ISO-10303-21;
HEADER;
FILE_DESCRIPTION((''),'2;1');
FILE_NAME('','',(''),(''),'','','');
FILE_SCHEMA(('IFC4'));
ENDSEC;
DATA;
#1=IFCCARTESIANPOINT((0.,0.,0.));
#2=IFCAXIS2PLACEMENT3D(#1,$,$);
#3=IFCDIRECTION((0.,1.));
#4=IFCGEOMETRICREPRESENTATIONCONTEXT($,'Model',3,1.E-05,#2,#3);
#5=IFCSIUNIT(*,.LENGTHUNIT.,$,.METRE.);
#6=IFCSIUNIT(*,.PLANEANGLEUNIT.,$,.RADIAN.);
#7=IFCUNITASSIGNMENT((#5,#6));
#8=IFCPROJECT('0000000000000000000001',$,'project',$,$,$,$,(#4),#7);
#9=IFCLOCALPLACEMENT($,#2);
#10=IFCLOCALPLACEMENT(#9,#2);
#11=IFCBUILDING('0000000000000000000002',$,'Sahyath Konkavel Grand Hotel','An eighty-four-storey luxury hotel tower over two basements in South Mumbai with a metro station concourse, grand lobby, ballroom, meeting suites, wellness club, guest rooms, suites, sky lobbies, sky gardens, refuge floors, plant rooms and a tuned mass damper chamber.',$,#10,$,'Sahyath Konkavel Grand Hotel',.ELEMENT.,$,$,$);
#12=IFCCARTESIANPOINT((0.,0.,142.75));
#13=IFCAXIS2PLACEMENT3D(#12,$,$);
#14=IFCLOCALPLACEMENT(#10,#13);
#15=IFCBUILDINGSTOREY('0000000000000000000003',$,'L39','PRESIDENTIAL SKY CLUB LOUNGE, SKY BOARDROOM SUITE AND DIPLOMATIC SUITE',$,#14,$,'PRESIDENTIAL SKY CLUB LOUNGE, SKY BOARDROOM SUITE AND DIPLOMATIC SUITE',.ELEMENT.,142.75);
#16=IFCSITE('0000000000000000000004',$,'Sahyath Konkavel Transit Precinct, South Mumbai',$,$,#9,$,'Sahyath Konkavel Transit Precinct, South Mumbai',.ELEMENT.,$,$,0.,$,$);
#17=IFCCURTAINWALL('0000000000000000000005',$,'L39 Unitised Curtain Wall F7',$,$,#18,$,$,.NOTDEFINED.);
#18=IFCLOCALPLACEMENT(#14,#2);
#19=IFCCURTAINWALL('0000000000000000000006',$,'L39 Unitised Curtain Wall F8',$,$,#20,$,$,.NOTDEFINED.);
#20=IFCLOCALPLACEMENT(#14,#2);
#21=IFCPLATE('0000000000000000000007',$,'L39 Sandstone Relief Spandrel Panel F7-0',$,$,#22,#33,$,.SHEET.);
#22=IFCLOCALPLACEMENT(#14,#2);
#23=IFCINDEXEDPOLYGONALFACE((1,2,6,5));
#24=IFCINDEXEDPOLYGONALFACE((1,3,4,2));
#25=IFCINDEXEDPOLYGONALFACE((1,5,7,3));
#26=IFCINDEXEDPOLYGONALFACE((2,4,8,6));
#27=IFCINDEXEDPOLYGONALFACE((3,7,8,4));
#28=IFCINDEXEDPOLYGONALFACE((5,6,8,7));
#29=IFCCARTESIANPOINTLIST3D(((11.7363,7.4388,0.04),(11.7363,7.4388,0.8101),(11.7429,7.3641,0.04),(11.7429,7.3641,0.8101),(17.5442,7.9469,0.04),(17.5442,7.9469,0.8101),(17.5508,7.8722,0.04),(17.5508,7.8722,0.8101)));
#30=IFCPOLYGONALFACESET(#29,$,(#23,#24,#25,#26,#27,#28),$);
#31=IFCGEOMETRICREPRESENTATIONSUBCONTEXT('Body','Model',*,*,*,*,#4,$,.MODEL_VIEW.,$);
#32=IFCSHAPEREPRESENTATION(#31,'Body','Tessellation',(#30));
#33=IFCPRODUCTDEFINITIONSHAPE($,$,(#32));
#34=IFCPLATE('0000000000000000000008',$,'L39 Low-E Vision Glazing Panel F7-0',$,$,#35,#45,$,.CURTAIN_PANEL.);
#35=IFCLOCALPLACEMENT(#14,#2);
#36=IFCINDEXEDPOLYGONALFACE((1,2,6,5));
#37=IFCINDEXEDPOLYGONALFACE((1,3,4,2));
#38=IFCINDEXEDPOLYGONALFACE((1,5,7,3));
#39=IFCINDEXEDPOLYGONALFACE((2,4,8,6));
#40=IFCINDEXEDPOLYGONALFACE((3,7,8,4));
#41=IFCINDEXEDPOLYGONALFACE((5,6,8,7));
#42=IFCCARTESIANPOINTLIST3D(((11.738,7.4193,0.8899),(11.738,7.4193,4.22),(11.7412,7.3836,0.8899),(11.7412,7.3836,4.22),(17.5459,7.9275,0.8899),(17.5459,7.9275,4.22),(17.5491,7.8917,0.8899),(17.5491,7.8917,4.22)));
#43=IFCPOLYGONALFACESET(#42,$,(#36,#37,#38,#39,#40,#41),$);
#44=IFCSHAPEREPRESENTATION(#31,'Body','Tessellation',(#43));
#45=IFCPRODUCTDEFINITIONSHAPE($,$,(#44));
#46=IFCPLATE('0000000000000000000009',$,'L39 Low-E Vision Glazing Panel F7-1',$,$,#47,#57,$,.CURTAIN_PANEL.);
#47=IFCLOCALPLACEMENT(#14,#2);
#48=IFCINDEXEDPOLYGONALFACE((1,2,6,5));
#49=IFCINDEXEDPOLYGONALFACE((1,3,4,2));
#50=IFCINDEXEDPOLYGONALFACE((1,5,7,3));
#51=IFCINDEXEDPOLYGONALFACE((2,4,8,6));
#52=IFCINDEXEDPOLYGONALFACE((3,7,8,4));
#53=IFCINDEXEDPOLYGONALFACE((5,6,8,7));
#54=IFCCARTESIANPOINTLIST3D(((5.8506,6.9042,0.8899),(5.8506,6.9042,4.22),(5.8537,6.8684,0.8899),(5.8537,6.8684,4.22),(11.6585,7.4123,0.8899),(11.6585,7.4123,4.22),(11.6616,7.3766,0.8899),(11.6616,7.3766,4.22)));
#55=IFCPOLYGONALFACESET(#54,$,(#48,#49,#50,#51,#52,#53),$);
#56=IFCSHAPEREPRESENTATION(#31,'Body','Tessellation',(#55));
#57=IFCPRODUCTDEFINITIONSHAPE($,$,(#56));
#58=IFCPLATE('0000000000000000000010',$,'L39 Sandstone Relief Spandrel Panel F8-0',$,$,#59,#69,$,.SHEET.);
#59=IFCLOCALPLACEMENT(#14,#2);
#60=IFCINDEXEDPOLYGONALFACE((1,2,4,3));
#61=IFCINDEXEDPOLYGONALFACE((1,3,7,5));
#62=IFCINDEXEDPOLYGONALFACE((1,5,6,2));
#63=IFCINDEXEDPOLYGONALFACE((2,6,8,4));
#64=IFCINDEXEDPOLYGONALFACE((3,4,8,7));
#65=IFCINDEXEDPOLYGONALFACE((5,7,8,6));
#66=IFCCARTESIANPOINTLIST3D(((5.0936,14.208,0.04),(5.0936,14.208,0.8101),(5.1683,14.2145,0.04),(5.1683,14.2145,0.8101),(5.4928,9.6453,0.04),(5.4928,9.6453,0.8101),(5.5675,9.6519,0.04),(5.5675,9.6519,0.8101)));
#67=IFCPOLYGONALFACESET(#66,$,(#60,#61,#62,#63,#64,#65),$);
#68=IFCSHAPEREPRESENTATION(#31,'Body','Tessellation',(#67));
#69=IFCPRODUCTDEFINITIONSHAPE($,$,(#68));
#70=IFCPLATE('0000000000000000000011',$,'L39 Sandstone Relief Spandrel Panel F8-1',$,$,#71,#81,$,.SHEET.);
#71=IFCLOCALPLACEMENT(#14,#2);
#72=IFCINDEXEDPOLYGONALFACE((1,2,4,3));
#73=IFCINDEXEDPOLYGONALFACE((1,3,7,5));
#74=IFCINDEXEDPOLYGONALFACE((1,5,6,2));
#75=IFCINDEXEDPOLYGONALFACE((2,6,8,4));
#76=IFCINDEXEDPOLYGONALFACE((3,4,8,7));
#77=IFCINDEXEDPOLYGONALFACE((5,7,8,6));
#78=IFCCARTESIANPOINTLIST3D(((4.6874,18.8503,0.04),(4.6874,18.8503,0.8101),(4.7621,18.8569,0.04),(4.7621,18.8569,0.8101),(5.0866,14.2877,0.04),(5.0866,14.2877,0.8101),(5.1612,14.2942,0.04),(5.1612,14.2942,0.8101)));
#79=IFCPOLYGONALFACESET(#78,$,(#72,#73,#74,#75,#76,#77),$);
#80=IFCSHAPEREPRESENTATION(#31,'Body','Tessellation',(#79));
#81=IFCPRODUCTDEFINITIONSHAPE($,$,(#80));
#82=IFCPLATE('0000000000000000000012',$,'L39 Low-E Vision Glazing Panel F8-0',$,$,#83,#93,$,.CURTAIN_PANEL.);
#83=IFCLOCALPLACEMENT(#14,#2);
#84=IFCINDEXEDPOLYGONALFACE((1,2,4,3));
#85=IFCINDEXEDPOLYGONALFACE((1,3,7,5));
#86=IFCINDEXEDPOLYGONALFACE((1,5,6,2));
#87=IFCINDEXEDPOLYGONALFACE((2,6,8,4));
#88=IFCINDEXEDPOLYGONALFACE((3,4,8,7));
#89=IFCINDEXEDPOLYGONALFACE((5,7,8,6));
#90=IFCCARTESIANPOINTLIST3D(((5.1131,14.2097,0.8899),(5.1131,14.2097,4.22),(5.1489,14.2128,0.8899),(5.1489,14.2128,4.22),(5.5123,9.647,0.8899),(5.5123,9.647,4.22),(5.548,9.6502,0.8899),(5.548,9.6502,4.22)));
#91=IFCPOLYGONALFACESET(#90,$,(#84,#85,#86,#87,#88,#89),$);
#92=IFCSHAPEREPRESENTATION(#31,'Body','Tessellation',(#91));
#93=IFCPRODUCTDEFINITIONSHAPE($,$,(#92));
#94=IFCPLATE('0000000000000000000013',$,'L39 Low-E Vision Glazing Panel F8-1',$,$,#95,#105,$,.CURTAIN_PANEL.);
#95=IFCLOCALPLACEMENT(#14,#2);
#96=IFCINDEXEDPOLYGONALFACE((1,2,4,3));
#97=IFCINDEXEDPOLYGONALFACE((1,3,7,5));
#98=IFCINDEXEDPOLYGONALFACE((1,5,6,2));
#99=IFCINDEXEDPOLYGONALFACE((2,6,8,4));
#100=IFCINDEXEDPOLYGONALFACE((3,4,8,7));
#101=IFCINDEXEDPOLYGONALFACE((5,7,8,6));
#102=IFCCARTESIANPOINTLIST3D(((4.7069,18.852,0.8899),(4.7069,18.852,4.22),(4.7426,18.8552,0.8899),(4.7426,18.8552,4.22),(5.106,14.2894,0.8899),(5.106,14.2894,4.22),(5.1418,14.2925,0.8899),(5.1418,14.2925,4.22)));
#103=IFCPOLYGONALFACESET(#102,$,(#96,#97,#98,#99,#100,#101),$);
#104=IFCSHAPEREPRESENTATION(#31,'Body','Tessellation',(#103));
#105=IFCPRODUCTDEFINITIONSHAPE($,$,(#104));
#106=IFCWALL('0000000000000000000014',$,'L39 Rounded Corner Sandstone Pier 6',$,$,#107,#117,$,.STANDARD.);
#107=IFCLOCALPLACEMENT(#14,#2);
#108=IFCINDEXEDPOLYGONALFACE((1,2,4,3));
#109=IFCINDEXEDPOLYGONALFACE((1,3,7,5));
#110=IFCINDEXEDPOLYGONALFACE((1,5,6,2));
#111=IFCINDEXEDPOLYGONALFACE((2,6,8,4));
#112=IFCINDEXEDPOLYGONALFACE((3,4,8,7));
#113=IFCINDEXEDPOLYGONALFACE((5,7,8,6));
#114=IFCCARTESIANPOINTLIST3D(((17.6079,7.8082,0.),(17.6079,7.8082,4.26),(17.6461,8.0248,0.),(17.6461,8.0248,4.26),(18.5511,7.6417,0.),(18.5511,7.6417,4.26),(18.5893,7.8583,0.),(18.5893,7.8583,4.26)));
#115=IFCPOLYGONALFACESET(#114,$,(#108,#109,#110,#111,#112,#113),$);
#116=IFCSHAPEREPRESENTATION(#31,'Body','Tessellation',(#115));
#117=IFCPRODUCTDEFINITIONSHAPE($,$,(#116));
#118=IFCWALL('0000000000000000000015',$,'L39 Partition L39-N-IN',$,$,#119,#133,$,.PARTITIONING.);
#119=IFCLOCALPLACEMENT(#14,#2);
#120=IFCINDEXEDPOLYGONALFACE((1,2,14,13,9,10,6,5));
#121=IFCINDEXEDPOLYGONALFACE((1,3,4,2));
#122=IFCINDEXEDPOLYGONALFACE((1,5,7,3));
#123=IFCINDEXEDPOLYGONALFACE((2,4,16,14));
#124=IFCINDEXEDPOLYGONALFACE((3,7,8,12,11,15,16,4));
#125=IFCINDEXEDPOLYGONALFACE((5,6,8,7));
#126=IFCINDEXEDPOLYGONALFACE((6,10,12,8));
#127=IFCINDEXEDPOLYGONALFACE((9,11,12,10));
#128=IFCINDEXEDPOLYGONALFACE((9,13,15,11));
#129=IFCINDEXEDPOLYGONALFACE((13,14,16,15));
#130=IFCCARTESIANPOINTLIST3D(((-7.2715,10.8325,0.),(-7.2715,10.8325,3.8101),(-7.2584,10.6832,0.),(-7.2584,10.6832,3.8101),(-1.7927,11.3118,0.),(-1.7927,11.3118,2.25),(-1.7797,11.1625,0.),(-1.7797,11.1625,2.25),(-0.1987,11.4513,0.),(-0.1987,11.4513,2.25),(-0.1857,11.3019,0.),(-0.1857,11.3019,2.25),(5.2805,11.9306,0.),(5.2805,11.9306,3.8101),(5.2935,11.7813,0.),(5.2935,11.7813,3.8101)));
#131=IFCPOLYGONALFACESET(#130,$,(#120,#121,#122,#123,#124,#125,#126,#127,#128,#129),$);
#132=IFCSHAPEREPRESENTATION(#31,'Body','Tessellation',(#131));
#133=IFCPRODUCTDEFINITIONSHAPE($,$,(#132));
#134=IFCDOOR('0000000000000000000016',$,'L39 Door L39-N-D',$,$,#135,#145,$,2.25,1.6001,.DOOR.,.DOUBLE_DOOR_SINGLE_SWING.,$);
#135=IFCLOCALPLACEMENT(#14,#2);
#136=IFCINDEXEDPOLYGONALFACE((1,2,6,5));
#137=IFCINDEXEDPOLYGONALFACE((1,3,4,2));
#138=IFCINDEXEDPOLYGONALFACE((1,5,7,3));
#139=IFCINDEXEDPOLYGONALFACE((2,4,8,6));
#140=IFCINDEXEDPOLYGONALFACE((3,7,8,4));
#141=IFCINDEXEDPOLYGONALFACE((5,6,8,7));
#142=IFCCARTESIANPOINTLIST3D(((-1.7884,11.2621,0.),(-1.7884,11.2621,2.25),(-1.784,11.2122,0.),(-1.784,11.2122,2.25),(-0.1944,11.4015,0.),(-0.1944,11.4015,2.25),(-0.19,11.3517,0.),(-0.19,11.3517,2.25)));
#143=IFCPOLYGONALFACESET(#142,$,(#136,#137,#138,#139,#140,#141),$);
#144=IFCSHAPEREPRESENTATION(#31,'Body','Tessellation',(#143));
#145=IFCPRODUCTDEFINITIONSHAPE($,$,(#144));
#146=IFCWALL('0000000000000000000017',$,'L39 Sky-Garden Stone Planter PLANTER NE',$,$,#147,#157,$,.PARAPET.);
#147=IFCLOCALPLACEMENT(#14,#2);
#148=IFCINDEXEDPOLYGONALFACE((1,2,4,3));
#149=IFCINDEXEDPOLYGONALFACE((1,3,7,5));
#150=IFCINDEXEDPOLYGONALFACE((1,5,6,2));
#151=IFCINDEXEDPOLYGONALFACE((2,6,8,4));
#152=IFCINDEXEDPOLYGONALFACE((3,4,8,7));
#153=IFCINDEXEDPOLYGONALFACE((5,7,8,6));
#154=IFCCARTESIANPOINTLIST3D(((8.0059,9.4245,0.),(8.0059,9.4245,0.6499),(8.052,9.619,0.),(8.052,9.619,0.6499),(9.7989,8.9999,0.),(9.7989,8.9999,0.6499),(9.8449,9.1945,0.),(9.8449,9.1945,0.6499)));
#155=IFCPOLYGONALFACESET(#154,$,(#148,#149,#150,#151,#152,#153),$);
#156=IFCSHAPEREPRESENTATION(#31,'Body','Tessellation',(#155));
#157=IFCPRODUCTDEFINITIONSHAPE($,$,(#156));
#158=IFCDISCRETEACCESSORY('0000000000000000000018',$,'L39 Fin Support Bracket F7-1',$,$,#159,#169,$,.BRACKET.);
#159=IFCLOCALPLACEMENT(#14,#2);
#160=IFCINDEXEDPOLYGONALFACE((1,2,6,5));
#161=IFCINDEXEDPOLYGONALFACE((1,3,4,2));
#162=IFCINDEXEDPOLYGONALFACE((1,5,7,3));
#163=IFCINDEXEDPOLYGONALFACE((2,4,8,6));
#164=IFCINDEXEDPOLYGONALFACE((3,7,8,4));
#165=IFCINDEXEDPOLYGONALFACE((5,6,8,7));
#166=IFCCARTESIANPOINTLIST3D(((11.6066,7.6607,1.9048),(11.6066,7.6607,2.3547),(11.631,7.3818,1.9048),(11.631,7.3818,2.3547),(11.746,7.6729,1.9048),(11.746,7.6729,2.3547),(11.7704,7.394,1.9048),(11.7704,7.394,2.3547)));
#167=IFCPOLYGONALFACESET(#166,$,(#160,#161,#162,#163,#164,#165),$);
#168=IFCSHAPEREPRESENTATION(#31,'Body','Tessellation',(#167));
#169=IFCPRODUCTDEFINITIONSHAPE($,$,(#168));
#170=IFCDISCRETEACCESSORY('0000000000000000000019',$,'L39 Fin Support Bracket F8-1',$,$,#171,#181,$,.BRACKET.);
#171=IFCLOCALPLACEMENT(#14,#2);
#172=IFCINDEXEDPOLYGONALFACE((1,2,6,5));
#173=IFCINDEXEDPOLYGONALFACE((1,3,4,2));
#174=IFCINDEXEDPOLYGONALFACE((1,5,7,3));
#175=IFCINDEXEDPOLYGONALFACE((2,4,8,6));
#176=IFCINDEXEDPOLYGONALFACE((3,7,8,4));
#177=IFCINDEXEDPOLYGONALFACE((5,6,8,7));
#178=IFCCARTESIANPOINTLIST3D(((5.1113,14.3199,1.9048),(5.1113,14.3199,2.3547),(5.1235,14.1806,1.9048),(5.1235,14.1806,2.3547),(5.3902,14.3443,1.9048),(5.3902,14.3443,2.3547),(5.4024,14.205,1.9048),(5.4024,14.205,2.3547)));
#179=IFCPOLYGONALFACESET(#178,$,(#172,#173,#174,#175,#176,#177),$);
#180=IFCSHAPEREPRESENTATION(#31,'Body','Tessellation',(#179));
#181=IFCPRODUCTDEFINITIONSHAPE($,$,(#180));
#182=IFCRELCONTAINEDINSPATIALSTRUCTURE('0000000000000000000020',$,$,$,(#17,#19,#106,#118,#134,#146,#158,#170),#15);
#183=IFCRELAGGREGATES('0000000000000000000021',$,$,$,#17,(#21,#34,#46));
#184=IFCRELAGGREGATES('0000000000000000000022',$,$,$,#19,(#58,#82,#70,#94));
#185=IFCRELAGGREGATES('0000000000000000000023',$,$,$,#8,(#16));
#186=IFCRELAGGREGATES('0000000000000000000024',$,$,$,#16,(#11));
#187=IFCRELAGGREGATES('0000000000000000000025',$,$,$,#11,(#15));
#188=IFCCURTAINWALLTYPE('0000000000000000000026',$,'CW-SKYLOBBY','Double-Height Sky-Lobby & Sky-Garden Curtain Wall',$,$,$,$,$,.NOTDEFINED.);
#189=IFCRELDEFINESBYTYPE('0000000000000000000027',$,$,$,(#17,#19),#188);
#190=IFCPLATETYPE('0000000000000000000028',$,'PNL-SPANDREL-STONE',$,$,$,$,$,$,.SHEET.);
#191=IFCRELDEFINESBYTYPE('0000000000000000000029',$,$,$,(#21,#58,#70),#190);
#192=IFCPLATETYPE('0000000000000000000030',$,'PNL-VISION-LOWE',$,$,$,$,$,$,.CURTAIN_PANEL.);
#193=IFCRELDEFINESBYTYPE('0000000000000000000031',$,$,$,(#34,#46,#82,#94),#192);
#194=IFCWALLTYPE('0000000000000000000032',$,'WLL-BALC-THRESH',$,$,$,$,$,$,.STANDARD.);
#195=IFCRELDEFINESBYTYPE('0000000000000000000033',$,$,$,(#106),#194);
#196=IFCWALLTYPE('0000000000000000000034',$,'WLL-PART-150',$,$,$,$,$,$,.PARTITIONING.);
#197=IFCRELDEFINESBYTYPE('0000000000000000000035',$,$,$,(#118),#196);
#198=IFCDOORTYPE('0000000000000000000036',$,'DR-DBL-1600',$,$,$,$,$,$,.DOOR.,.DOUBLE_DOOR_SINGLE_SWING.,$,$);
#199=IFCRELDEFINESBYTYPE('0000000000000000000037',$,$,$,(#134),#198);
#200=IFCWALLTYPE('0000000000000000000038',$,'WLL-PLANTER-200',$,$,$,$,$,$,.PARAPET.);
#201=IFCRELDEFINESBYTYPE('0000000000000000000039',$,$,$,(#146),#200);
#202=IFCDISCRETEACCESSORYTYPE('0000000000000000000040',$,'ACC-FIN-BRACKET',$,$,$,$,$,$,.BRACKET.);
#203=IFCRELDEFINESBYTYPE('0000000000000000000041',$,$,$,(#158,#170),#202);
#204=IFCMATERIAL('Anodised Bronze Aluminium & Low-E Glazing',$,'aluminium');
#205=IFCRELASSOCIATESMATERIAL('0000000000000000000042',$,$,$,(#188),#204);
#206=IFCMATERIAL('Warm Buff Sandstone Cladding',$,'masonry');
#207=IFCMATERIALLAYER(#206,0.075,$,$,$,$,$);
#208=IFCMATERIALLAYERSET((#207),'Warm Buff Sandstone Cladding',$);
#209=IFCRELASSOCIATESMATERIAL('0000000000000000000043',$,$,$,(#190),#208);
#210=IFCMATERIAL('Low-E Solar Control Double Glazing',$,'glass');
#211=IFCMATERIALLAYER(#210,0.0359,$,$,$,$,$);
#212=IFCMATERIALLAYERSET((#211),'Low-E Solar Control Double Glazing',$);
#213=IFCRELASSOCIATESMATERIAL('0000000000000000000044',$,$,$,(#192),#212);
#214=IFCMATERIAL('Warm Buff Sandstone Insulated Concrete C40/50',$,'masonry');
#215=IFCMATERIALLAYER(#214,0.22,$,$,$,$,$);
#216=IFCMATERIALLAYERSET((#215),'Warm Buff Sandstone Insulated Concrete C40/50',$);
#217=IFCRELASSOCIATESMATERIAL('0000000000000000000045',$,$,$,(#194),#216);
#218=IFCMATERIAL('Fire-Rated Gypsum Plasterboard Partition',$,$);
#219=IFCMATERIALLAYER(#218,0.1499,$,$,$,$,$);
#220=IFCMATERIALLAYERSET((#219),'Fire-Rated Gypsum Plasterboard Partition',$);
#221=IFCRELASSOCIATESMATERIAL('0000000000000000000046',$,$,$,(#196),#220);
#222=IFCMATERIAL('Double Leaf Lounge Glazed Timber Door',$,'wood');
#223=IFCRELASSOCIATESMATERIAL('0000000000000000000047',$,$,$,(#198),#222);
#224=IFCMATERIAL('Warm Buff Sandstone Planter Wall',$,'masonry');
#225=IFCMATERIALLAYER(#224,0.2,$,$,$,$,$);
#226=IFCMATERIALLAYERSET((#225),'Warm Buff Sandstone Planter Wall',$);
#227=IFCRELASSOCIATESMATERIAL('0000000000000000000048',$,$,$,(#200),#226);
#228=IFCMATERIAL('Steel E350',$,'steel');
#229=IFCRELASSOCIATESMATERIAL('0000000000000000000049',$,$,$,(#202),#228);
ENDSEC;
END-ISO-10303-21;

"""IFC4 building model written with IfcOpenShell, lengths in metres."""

from ifc_helpers import new_model, si_unit, direction, frame, frame_2d, origin, origin_2d, place, context, subcontext, project, spatial, rectangle, extrude, source, transform, mapped, material, layer, layer_set, type_object, element, fill, aggregate, save


model = new_model("IFC4")

# Units and contexts
model_context = context("Model", 3, precision=1e-05, world=origin(), true_north=direction((0.0, 1.0)))
body_context = subcontext(model_context, "Body", "Model", "MODEL_VIEW")
ifc_project = project(units=[si_unit("LENGTHUNIT", "METRE"), si_unit("PLANEANGLEUNIT", "RADIAN")], contexts=[model_context])

# Site, building, storey
site_placement = place(None, origin())
site = spatial("IfcSite", under=ifc_project, at=site_placement, Name="Sahyath Konkavel Transit Precinct, South Mumbai", LongName="Sahyath Konkavel Transit Precinct, South Mumbai", CompositionType="ELEMENT", RefElevation=0.0)
building_placement = place(site_placement, origin())
building = spatial("IfcBuilding", under=site, at=building_placement, Name="Sahyath Konkavel Grand Hotel", Description="An eighty-four-storey luxury hotel tower over two basements in South Mumbai with a metro station concourse, grand lobby, ballroom, meeting suites, wellness club, guest rooms, suites, sky lobbies, sky gardens, refuge floors, plant rooms and a tuned mass damper chamber.", LongName="Sahyath Konkavel Grand Hotel", CompositionType="ELEMENT")
storey_placement = place(building_placement, frame((0.0, 0.0, 142.75)))
storey = spatial("IfcBuildingStorey", under=building, at=storey_placement, Name="L39", Description="PRESIDENTIAL SKY CLUB LOUNGE, SKY BOARDROOM SUITE AND DIPLOMATIC SUITE", LongName="PRESIDENTIAL SKY CLUB LOUNGE, SKY BOARDROOM SUITE AND DIPLOMATIC SUITE", CompositionType="ELEMENT", Elevation=142.75)

# Curtain walls
ifc_material_1 = material(Name="Anodised Bronze Aluminium & Low-E Glazing", Category="aluminium")
curtain_wall_type = type_object("IfcCurtainWallType", Name="CW-SKYLOBBY", Description="Double-Height Sky-Lobby & Sky-Garden Curtain Wall", PredefinedType="NOTDEFINED", material=ifc_material_1)
curtain_wall_1_placement = place(storey_placement, origin())
curtain_wall_1 = element("IfcCurtainWall", 1, at=curtain_wall_1_placement, inside=storey, type_object=curtain_wall_type, Name="L39 Unitised Curtain Wall F7", PredefinedType="NOTDEFINED")
curtain_wall_2_placement = place(storey_placement, origin())
curtain_wall_2 = element("IfcCurtainWall", 2, at=curtain_wall_2_placement, inside=storey, type_object=curtain_wall_type, Name="L39 Unitised Curtain Wall F8", PredefinedType="NOTDEFINED")

# Plates
ifc_material_2 = material(Name="Warm Buff Sandstone Cladding", Category="masonry")
ifc_layer_1 = layer(ifc_material_2, 0.075)
ifc_layer_set_1 = layer_set([ifc_layer_1], Name="Warm Buff Sandstone Cladding")
plate_type_1 = type_object("IfcPlateType", Name="PNL-SPANDREL-STONE", PredefinedType="SHEET", material=ifc_layer_set_1)
shared_shape_1 = source(origin(), body_context, "Body", "SweptSolid", [
    extrude(rectangle(XDim=5.8301, YDim=0.075, at=origin_2d()), origin(), (0.0, 0.0, 1.0), 0.77),
])
plate_1_placement = place(storey_placement, frame((14.6436, 7.6555, 0.04), z_axis=(0.0, 0.0, 1.0), x_axis=(-0.996195, -0.087156, 0.0)))
plate_1 = element("IfcPlate", 3, at=plate_1_placement, type_object=plate_type_1, Name="L39 Sandstone Relief Spandrel Panel F7-0", PredefinedType="SHEET", context=body_context, shape_type="MappedRepresentation", body=[
    mapped(shared_shape_1, transform((0.0, 0.0, 0.0), scale=1.0)),
])
ifc_material_3 = material(Name="Low-E Solar Control Double Glazing", Category="glass")
ifc_layer_2 = layer(ifc_material_3, 0.0359)
ifc_layer_set_2 = layer_set([ifc_layer_2], Name="Low-E Solar Control Double Glazing")
plate_type_2 = type_object("IfcPlateType", Name="PNL-VISION-LOWE", PredefinedType="CURTAIN_PANEL", material=ifc_layer_set_2)
shared_shape_2 = source(origin(), body_context, "Body", "SweptSolid", [
    extrude(rectangle(XDim=5.8301, YDim=0.0359, at=origin_2d()), origin(), (0.0, 0.0, 1.0), 3.3301),
])
plate_2_placement = place(storey_placement, frame((14.6436, 7.6555, 0.8899), z_axis=(0.0, 0.0, 1.0), x_axis=(-0.996195, -0.087156, 0.0)))
plate_2 = element("IfcPlate", 4, at=plate_2_placement, type_object=plate_type_2, Name="L39 Low-E Vision Glazing Panel F7-0", PredefinedType="CURTAIN_PANEL", context=body_context, shape_type="MappedRepresentation", body=[
    mapped(shared_shape_2, transform((0.0, 0.0, 0.0), scale=1.0)),
])
plate_3_placement = place(storey_placement, frame((8.7561, 7.1404, 0.8899), z_axis=(0.0, 0.0, 1.0), x_axis=(-0.996195, -0.087156, 0.0)))
plate_3 = element("IfcPlate", 5, at=plate_3_placement, type_object=plate_type_2, Name="L39 Low-E Vision Glazing Panel F7-1", PredefinedType="CURTAIN_PANEL", context=body_context, shape_type="MappedRepresentation", body=[
    mapped(shared_shape_2, transform((0.0, 0.0, 0.0), scale=1.0)),
])
aggregate(curtain_wall_1, [plate_1, plate_2, plate_3])
shared_shape_3 = source(origin(), body_context, "Body", "SweptSolid", [
    extrude(rectangle(XDim=4.5801, YDim=0.075, at=origin_2d()), origin(), (0.0, 0.0, 1.0), 0.77),
])
plate_4_placement = place(storey_placement, frame((5.3306, 11.9299, 0.04), z_axis=(0.0, 0.0, 1.0), x_axis=(-0.087156, 0.996195, 0.0)))
plate_4 = element("IfcPlate", 6, at=plate_4_placement, type_object=plate_type_1, Name="L39 Sandstone Relief Spandrel Panel F8-0", PredefinedType="SHEET", context=body_context, shape_type="MappedRepresentation", body=[
    mapped(shared_shape_3, transform((0.0, 0.0, 0.0), scale=1.0)),
])
plate_5_placement = place(storey_placement, frame((4.9243, 16.5723, 0.04), z_axis=(0.0, 0.0, 1.0), x_axis=(-0.087156, 0.996195, 0.0)))
plate_5 = element("IfcPlate", 7, at=plate_5_placement, type_object=plate_type_1, Name="L39 Sandstone Relief Spandrel Panel F8-1", PredefinedType="SHEET", context=body_context, shape_type="MappedRepresentation", body=[
    mapped(shared_shape_3, transform((0.0, 0.0, 0.0), scale=1.0)),
])
shared_shape_4 = source(origin(), body_context, "Body", "SweptSolid", [
    extrude(rectangle(XDim=4.5801, YDim=0.0359, at=origin_2d()), origin(), (0.0, 0.0, 1.0), 3.3301),
])
plate_6_placement = place(storey_placement, frame((5.3306, 11.9299, 0.8899), z_axis=(0.0, 0.0, 1.0), x_axis=(-0.087156, 0.996195, 0.0)))
plate_6 = element("IfcPlate", 8, at=plate_6_placement, type_object=plate_type_2, Name="L39 Low-E Vision Glazing Panel F8-0", PredefinedType="CURTAIN_PANEL", context=body_context, shape_type="MappedRepresentation", body=[
    mapped(shared_shape_4, transform((0.0, 0.0, 0.0), scale=1.0)),
])
plate_7_placement = place(storey_placement, frame((4.9243, 16.5723, 0.8899), z_axis=(0.0, 0.0, 1.0), x_axis=(-0.087156, 0.996195, 0.0)))
plate_7 = element("IfcPlate", 9, at=plate_7_placement, type_object=plate_type_2, Name="L39 Low-E Vision Glazing Panel F8-1", PredefinedType="CURTAIN_PANEL", context=body_context, shape_type="MappedRepresentation", body=[
    mapped(shared_shape_4, transform((0.0, 0.0, 0.0), scale=1.0)),
])
aggregate(curtain_wall_2, [plate_4, plate_6, plate_5, plate_7])

# Wall
ifc_material_4 = material(Name="Warm Buff Sandstone Insulated Concrete C40/50", Category="masonry")
ifc_layer_3 = layer(ifc_material_4, 0.22)
ifc_layer_set_3 = layer_set([ifc_layer_3], Name="Warm Buff Sandstone Insulated Concrete C40/50")
wall_type_1 = type_object("IfcWallType", Name="WLL-BALC-THRESH", PredefinedType="STANDARD", material=ifc_layer_set_3)
wall_1_placement = place(storey_placement, frame((18.5703, 7.75, 0.0), z_axis=(0.0, 0.0, 1.0), x_axis=(-0.984771, 0.173858, 0.0)))
element("IfcWall", 10, at=wall_1_placement, inside=storey, type_object=wall_type_1, Name="L39 Rounded Corner Sandstone Pier 6", PredefinedType="STANDARD", context=body_context, shape_type="SweptSolid", body=[
    extrude(rectangle(XDim=0.9578, YDim=0.22, at=frame_2d((0.479, 0.0))), origin(), (0.0, 0.0, 1.0), 4.26),
])

# Wall, opening, door
ifc_material_5 = material(Name="Fire-Rated Gypsum Plasterboard Partition")
ifc_layer_4 = layer(ifc_material_5, 0.1499)
ifc_layer_set_4 = layer_set([ifc_layer_4], Name="Fire-Rated Gypsum Plasterboard Partition")
wall_type_2 = type_object("IfcWallType", Name="WLL-PART-150", PredefinedType="PARTITIONING", material=ifc_layer_set_4)
wall_2_placement = place(storey_placement, frame((5.2869, 11.856, 0.0), z_axis=(0.0, 0.0, 1.0), x_axis=(-0.996195, -0.087155, 0.0)))
wall_2 = element("IfcWall", 11, at=wall_2_placement, inside=storey, type_object=wall_type_2, Name="L39 Partition L39-N-IN", PredefinedType="PARTITIONING", context=body_context, shape_type="SweptSolid", body=[
    extrude(rectangle(XDim=12.5999, YDim=0.1499, at=frame_2d((6.2998, 0.0))), origin(), (0.0, 0.0, 1.0), 3.8101),
])
opening_placement = place(wall_2_placement, frame((5.5, 0.0, 0.0)))
opening = element("IfcOpeningElement", 12, at=opening_placement, cuts=wall_2, PredefinedType="OPENING", context=body_context, shape_type="SweptSolid", body=[
    extrude(rectangle(XDim=1.6001, YDim=2.25, at=frame_2d((0.8, 1.125))), frame((0.0, 0.085, 0.0), z_axis=(0.0, -1.0, 0.0), x_axis=(1.0, 0.0, 0.0)), (0.0, 0.0, 1.0), 0.1699),
])
ifc_material_6 = material(Name="Double Leaf Lounge Glazed Timber Door", Category="wood")
door_type = type_object("IfcDoorType", Name="DR-DBL-1600", OperationType="DOUBLE_DOOR_SINGLE_SWING", PredefinedType="DOOR", material=ifc_material_6)
shared_shape_5 = source(origin(), body_context, "Body", "SweptSolid", [
    extrude(rectangle(XDim=1.6001, YDim=0.05, at=origin_2d()), origin(), (0.0, 0.0, 1.0), 2.25),
])
door_placement = place(opening_placement, frame((0.8, 0.0, 0.0)))
door = element("IfcDoor", 13, at=door_placement, inside=storey, type_object=door_type, Name="L39 Door L39-N-D", OperationType="DOUBLE_DOOR_SINGLE_SWING", OverallHeight=2.25, OverallWidth=1.6001, PredefinedType="DOOR", context=body_context, shape_type="MappedRepresentation", body=[
    mapped(shared_shape_5, transform((0.0, 0.0, 0.0), scale=1.0)),
])
fill(opening, door)

# Wall
ifc_material_7 = material(Name="Warm Buff Sandstone Planter Wall", Category="masonry")
ifc_layer_5 = layer(ifc_material_7, 0.2)
ifc_layer_set_5 = layer_set([ifc_layer_5], Name="Warm Buff Sandstone Planter Wall")
wall_type_3 = type_object("IfcWallType", Name="WLL-PLANTER-200", PredefinedType="PARAPET", material=ifc_layer_set_5)
wall_3_placement = place(storey_placement, frame((9.822, 9.0972, 0.0), z_axis=(0.0, 0.0, 1.0), x_axis=(-0.973091, 0.23042, 0.0)))
element("IfcWall", 14, at=wall_3_placement, inside=storey, type_object=wall_type_3, Name="L39 Sky-Garden Stone Planter PLANTER NE", PredefinedType="PARAPET", context=body_context, shape_type="SweptSolid", body=[
    extrude(rectangle(XDim=1.8425, YDim=0.2, at=frame_2d((0.9214, 0.0))), origin(), (0.0, 0.0, 1.0), 0.6499),
])

# Discrete accessories
ifc_material_8 = material(Name="Steel E350", Category="steel")
discrete_accessory_type = type_object("IfcDiscreteAccessoryType", Name="ACC-FIN-BRACKET", PredefinedType="BRACKET", material=ifc_material_8)
shared_shape_6 = source(origin(), body_context, "Body", "SweptSolid", [
    extrude(rectangle(XDim=0.28, YDim=0.1399, at=origin_2d()), origin(), (0.0, 0.0, 1.0), 0.45),
])
for number, where, z_axis, x_axis, name in (
    (15, (11.6885, 7.5273, 1.9048), (0.0, 0.0, 1.0), (-0.087156, 0.996195, 0.0), "L39 Fin Support Bracket F7-1"),
    (16, (5.2568, 14.2625, 1.9048), (0.0, 0.0, 1.0), (0.996195, 0.087156, 0.0), "L39 Fin Support Bracket F8-1"),
):
    element("IfcDiscreteAccessory", number, at=place(storey_placement, frame(where, z_axis=z_axis, x_axis=x_axis)), inside=storey, type_object=discrete_accessory_type, Name=name, PredefinedType="BRACKET", context=body_context, shape_type="MappedRepresentation", body=[
        mapped(shared_shape_6, transform((0.0, 0.0, 0.0), scale=1.0)),
    ])

save(model, "model.ifc")
